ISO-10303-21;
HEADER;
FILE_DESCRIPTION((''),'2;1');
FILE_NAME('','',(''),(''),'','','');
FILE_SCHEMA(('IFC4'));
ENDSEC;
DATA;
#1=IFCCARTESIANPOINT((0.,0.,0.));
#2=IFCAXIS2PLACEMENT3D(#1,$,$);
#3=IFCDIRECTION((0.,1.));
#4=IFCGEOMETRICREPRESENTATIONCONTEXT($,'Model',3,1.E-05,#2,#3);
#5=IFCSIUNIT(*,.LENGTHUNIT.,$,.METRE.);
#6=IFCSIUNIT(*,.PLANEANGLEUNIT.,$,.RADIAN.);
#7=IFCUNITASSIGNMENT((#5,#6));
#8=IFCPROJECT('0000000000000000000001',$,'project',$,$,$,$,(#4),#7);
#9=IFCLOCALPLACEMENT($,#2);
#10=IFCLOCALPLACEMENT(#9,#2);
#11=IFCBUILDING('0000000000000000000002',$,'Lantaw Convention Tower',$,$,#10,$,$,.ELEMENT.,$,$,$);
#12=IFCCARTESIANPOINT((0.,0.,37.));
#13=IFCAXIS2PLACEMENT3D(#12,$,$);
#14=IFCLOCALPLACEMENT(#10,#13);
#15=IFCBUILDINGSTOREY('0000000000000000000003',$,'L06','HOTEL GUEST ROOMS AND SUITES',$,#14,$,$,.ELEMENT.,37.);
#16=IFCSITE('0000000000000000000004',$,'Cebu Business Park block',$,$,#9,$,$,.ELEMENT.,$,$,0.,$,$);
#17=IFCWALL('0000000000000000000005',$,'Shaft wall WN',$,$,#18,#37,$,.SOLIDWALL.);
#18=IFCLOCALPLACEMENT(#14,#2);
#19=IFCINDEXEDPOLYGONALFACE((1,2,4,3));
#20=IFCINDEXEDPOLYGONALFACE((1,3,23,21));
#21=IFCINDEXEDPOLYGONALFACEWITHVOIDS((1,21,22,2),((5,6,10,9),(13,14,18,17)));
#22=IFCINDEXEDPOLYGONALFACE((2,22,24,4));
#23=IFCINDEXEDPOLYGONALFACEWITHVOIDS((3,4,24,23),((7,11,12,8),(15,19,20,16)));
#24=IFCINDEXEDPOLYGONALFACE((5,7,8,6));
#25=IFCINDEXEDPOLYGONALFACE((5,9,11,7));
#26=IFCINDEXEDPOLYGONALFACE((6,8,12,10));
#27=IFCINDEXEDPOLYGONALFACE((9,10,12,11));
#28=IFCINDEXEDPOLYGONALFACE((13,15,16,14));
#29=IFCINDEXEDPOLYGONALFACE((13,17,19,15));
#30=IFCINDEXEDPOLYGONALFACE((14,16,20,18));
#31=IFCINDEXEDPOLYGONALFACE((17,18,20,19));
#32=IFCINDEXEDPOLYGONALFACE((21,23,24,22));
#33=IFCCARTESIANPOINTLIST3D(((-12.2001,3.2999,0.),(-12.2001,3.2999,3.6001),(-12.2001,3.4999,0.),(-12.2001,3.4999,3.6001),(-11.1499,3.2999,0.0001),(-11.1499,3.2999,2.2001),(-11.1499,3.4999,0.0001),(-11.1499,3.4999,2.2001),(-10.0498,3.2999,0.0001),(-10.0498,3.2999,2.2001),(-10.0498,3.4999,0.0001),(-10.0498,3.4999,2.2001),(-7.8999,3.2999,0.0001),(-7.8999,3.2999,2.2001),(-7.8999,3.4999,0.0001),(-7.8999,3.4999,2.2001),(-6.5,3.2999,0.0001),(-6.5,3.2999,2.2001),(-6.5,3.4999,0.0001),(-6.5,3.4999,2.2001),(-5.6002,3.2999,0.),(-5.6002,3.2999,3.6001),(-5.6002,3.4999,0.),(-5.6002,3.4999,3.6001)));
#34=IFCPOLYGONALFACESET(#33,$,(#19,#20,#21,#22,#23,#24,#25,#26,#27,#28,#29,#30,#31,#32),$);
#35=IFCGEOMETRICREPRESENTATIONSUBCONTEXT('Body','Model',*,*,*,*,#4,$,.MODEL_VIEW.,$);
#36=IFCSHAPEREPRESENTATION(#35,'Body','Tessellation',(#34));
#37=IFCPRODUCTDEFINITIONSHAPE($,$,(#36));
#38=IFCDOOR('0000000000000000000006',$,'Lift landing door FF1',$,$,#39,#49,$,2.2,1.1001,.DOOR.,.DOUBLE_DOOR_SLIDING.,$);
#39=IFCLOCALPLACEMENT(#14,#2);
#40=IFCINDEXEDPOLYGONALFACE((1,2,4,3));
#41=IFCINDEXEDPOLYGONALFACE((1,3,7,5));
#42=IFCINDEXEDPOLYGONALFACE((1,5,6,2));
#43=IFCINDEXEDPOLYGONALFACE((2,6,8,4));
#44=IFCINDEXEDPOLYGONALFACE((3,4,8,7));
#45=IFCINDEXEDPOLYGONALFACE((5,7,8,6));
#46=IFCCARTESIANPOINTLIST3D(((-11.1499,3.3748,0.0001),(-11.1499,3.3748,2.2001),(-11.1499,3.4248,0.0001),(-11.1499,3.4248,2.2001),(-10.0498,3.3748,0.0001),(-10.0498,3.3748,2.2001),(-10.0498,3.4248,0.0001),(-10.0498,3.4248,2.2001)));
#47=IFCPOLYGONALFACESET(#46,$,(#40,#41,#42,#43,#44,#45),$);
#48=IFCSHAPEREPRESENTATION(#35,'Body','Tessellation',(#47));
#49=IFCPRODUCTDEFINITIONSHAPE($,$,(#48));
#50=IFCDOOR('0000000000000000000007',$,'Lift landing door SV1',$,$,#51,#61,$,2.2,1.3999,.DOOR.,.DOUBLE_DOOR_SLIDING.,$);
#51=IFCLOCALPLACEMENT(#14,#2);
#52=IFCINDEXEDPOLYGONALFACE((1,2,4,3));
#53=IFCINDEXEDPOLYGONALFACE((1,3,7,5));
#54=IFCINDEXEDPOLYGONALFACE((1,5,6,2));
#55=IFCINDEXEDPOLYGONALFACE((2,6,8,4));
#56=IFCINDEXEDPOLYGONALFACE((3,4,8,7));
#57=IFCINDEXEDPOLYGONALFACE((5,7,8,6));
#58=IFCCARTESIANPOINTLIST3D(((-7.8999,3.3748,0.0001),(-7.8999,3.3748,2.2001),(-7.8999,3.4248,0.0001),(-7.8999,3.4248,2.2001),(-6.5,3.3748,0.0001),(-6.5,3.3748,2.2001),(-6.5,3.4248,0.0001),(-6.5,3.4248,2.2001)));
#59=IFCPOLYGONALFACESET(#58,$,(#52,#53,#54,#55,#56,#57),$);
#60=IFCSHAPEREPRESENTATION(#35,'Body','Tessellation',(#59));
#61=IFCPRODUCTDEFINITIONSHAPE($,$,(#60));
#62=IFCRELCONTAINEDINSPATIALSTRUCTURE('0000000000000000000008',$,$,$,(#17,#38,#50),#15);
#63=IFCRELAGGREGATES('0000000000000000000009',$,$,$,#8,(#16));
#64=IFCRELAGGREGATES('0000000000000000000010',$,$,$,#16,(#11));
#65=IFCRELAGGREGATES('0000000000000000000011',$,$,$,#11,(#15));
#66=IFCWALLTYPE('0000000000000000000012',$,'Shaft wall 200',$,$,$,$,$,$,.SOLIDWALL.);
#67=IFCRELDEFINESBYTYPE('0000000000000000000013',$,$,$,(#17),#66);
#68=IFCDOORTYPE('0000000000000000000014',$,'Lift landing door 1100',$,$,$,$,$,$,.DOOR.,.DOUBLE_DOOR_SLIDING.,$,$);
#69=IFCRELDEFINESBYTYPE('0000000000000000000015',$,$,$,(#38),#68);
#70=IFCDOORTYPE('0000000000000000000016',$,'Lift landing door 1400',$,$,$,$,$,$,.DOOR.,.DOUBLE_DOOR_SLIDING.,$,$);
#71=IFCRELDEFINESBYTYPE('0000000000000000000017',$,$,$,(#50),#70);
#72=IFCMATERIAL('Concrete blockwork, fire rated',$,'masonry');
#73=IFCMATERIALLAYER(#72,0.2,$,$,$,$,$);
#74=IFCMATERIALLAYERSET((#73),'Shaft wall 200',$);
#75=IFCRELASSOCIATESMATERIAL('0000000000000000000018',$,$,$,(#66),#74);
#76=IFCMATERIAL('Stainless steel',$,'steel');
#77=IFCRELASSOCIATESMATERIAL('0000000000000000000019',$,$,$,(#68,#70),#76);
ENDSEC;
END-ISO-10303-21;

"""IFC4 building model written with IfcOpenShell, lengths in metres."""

from ifc_helpers import new_model, si_unit, direction, frame, frame_2d, origin, place, context, subcontext, project, spatial, rectangle, extrude, material, layer, layer_set, type_object, element, fill, save


model = new_model("IFC4")

# Units and contexts
model_context = context("Model", 3, precision=1e-05, world=origin(), true_north=direction((0.0, 1.0)))
body_context = subcontext(model_context, "Body", "Model", "MODEL_VIEW")
ifc_project = project(units=[si_unit("LENGTHUNIT", "METRE"), si_unit("PLANEANGLEUNIT", "RADIAN")], contexts=[model_context])

# Site, building, storey
site_placement = place(None, origin())
site = spatial("IfcSite", under=ifc_project, at=site_placement, Name="Cebu Business Park block", CompositionType="ELEMENT", RefElevation=0.0)
building_placement = place(site_placement, origin())
building = spatial("IfcBuilding", under=site, at=building_placement, Name="Lantaw Convention Tower", CompositionType="ELEMENT")
storey_placement = place(building_placement, frame((0.0, 0.0, 37.0)))
storey = spatial("IfcBuildingStorey", under=building, at=storey_placement, Name="L06", Description="HOTEL GUEST ROOMS AND SUITES", CompositionType="ELEMENT", Elevation=37.0)

# Wall, openings, doors
ifc_material_1 = material(Name="Concrete blockwork, fire rated", Category="masonry")
ifc_layer_1 = layer(ifc_material_1, 0.2)
ifc_layer_set_1 = layer_set([ifc_layer_1], Name="Shaft wall 200")
wall_type_1 = type_object("IfcWallType", Name="Shaft wall 200", PredefinedType="SOLIDWALL", material=ifc_layer_set_1)
wall_1_placement = place(storey_placement, frame((-12.2, 3.3999, 0.0), z_axis=(0.0, 0.0, 1.0), x_axis=(1.0, 0.0, 0.0)))
wall_1 = element("IfcWall", 1, at=wall_1_placement, inside=storey, type_object=wall_type_1, Name="Shaft wall WN", PredefinedType="SOLIDWALL", context=body_context, shape_type="SweptSolid", body=[
    extrude(rectangle(XDim=6.5999, YDim=0.2, at=frame_2d((3.2998, 0.0))), origin(), (0.0, 0.0, 1.0), 3.6001),
])
opening_1_placement = place(wall_1_placement, frame((1.05, 0.0, 0.0)))
opening_1 = element("IfcOpeningElement", 2, at=opening_1_placement, cuts=wall_1, PredefinedType="OPENING", context=body_context, shape_type="SweptSolid", body=[
    extrude(rectangle(XDim=1.1001, YDim=2.2, at=frame_2d((0.55, 1.1001))), frame((0.0, 0.1099, 0.0), z_axis=(0.0, -1.0, 0.0), x_axis=(1.0, 0.0, 0.0)), (0.0, 0.0, 1.0), 0.22),
])
opening_2_placement = place(wall_1_placement, frame((4.3, 0.0, 0.0)))
opening_2 = element("IfcOpeningElement", 3, at=opening_2_placement, cuts=wall_1, PredefinedType="OPENING", context=body_context, shape_type="SweptSolid", body=[
    extrude(rectangle(XDim=1.3999, YDim=2.2, at=frame_2d((0.7, 1.1001))), frame((0.0, 0.1099, 0.0), z_axis=(0.0, -1.0, 0.0), x_axis=(1.0, 0.0, 0.0)), (0.0, 0.0, 1.0), 0.22),
])
ifc_material_2 = material(Name="Stainless steel", Category="steel")
door_type_1 = type_object("IfcDoorType", Name="Lift landing door 1100", OperationType="DOUBLE_DOOR_SLIDING", PredefinedType="DOOR", material=ifc_material_2)
door_1_placement = place(opening_1_placement, origin())
door_1 = element("IfcDoor", 4, at=door_1_placement, inside=storey, type_object=door_type_1, Name="Lift landing door FF1", OperationType="DOUBLE_DOOR_SLIDING", OverallHeight=2.2, OverallWidth=1.1001, PredefinedType="DOOR", context=body_context, shape_type="SweptSolid", body=[
    extrude(rectangle(XDim=1.1001, YDim=2.2, at=frame_2d((0.55, 1.1001))), frame((0.0, 0.0249, 0.0), z_axis=(0.0, -1.0, 0.0), x_axis=(1.0, 0.0, 0.0)), (0.0, 0.0, 1.0), 0.05),
])
fill(opening_1, door_1)
door_type_2 = type_object("IfcDoorType", Name="Lift landing door 1400", OperationType="DOUBLE_DOOR_SLIDING", PredefinedType="DOOR", material=ifc_material_2)
door_2_placement = place(opening_2_placement, origin())
door_2 = element("IfcDoor", 5, at=door_2_placement, inside=storey, type_object=door_type_2, Name="Lift landing door SV1", OperationType="DOUBLE_DOOR_SLIDING", OverallHeight=2.2, OverallWidth=1.3999, PredefinedType="DOOR", context=body_context, shape_type="SweptSolid", body=[
    extrude(rectangle(XDim=1.3999, YDim=2.2, at=frame_2d((0.7, 1.1001))), frame((0.0, 0.0249, 0.0), z_axis=(0.0, -1.0, 0.0), x_axis=(1.0, 0.0, 0.0)), (0.0, 0.0, 1.0), 0.05),
])
fill(opening_2, door_2)

save(model, "model.ifc")
